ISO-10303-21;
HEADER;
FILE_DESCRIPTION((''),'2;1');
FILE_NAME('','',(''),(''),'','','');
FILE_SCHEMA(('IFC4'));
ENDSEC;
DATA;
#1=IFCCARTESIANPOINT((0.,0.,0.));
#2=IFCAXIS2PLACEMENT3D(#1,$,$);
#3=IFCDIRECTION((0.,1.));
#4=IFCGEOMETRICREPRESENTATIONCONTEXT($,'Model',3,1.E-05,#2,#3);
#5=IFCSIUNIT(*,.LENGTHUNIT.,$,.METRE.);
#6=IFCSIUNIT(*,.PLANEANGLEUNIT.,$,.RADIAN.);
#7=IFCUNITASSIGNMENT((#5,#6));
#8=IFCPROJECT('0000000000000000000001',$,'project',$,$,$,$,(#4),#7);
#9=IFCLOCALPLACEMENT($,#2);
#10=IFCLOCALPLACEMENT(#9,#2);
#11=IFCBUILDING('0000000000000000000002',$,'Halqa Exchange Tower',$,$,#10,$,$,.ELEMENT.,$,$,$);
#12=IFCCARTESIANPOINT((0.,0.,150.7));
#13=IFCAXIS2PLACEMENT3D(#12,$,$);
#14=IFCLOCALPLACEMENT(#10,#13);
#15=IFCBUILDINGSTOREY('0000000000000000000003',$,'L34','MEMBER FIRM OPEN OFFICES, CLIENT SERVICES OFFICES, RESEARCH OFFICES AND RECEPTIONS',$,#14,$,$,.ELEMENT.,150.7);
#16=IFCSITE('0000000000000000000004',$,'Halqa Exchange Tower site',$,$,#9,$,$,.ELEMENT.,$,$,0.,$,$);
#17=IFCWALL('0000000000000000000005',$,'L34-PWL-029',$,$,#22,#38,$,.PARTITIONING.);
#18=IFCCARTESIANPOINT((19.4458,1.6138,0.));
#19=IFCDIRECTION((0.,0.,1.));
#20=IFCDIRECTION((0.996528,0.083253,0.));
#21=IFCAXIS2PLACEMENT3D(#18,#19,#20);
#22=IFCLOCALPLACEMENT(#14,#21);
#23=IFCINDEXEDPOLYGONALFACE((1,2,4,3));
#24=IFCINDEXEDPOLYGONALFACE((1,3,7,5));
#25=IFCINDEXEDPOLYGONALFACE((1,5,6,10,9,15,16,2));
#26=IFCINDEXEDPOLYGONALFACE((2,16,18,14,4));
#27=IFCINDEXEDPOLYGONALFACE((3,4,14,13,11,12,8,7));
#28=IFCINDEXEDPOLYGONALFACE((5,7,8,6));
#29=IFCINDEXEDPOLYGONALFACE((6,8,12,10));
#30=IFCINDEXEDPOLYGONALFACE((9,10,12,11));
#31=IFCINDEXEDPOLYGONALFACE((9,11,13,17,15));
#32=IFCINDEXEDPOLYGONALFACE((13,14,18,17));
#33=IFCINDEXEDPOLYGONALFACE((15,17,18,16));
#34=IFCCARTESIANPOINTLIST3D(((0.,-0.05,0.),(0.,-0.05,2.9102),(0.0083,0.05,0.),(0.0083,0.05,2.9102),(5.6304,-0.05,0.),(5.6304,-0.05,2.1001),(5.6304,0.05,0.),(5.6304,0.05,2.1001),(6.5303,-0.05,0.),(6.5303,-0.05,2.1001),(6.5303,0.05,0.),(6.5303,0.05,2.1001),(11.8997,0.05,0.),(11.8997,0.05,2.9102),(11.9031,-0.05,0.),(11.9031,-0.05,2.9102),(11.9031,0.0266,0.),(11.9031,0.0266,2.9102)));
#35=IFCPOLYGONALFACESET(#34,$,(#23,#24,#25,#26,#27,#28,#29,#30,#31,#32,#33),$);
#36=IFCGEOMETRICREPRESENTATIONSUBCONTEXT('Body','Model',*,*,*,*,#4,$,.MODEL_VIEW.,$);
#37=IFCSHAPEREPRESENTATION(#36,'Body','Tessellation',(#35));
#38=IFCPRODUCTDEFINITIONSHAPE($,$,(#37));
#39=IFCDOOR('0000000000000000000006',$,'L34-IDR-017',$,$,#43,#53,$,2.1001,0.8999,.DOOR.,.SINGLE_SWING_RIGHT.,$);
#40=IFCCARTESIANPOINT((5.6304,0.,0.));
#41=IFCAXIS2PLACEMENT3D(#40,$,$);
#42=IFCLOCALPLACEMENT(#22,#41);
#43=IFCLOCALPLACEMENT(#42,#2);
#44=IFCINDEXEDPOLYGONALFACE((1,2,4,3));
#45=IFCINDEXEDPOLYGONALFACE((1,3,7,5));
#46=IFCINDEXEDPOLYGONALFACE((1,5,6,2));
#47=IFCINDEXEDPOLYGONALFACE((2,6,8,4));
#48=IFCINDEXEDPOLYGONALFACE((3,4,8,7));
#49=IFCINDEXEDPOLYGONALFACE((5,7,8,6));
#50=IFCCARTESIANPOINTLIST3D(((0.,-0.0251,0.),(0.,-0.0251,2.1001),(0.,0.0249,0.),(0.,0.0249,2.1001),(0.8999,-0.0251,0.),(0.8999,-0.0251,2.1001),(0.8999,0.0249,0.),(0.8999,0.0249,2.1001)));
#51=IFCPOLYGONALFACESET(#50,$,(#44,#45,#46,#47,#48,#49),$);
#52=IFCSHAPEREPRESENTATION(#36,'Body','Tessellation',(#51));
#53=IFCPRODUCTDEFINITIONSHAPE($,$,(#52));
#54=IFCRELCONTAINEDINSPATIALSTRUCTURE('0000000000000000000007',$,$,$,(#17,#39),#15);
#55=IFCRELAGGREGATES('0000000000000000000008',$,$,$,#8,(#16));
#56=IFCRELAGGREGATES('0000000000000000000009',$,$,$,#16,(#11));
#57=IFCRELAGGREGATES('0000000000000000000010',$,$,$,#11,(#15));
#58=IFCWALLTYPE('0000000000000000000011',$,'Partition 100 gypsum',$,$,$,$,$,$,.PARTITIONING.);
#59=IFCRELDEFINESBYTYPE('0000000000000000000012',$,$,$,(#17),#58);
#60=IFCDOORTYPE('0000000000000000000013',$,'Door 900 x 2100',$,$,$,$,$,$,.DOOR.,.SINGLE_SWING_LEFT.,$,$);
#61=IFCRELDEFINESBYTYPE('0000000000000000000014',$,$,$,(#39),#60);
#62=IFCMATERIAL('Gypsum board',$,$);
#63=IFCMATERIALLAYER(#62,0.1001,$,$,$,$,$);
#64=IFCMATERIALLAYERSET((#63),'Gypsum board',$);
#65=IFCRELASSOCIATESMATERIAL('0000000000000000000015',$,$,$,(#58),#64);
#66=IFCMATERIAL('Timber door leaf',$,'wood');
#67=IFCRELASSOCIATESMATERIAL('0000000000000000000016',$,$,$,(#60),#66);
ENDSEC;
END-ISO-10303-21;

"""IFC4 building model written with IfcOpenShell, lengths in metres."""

from ifc_helpers import new_model, si_unit, direction, frame, frame_2d, origin, place, context, subcontext, project, spatial, polyline, rectangle, outline, extrude, material, layer, layer_set, type_object, element, fill, save


model = new_model("IFC4")

# Units and contexts
model_context = context("Model", 3, precision=1e-05, world=origin(), true_north=direction((0.0, 1.0)))
body_context = subcontext(model_context, "Body", "Model", "MODEL_VIEW")
ifc_project = project(units=[si_unit("LENGTHUNIT", "METRE"), si_unit("PLANEANGLEUNIT", "RADIAN")], contexts=[model_context])

# Site, building, storey
site_placement = place(None, origin())
site = spatial("IfcSite", under=ifc_project, at=site_placement, Name="Halqa Exchange Tower site", CompositionType="ELEMENT", RefElevation=0.0)
building_placement = place(site_placement, origin())
building = spatial("IfcBuilding", under=site, at=building_placement, Name="Halqa Exchange Tower", CompositionType="ELEMENT")
storey_placement = place(building_placement, frame((0.0, 0.0, 150.7)))
storey = spatial("IfcBuildingStorey", under=building, at=storey_placement, Name="L34", Description="MEMBER FIRM OPEN OFFICES, CLIENT SERVICES OFFICES, RESEARCH OFFICES AND RECEPTIONS", CompositionType="ELEMENT", Elevation=150.7)

# Shared definitions
ifc_material_1 = material(Name="Gypsum board")
ifc_layer_1 = layer(ifc_material_1, 0.1001)
ifc_layer_set_1 = layer_set([ifc_layer_1], Name="Gypsum board")
wall_type_1 = type_object("IfcWallType", Name="Partition 100 gypsum", PredefinedType="PARTITIONING", material=ifc_layer_set_1)

# Wall, opening, door
wall_1_placement = place(storey_placement, frame((19.4458, 1.6138, 0.0), z_axis=(0.0, 0.0, 1.0), x_axis=(0.996528, 0.083253, 0.0)))
wall_1 = element("IfcWall", 1, at=wall_1_placement, inside=storey, type_object=wall_type_1, Name="L34-PWL-029", PredefinedType="PARTITIONING", context=body_context, shape_type="SweptSolid", body=[
    extrude(outline(polyline([(0.0, -0.05), (1.9839, -0.05), (3.9678, -0.05), (5.9517, -0.05), (7.9353, -0.05), (9.9192, -0.05), (11.9031, -0.05), (11.9031, -0.0498), (11.9031, 0.0266), (11.8997, 0.05), (9.9177, 0.05), (7.9358, 0.05), (5.9541, 0.05), (3.9722, 0.05), (1.9902, 0.05), (0.0083, 0.05), (0.0, -0.05)])), origin(), (0.0, 0.0, 1.0), 2.9102),
])
opening_1_placement = place(wall_1_placement, frame((5.6304, 0.0, 0.0)))
opening_1 = element("IfcOpeningElement", 2, at=opening_1_placement, cuts=wall_1, PredefinedType="OPENING", context=body_context, shape_type="SweptSolid", body=[
    extrude(rectangle(XDim=0.8999, YDim=2.1001, at=frame_2d((0.45, 1.05))), frame((0.0, 0.062, 0.0), z_axis=(0.0, -1.0, 0.0), x_axis=(1.0, 0.0, 0.0)), (0.0, 0.0, 1.0), 0.124),
])
ifc_material_2 = material(Name="Timber door leaf", Category="wood")
door_type = type_object("IfcDoorType", Name="Door 900 x 2100", OperationType="SINGLE_SWING_LEFT", PredefinedType="DOOR", material=ifc_material_2)
door_placement = place(opening_1_placement, origin())
door = element("IfcDoor", 3, at=door_placement, inside=storey, type_object=door_type, Name="L34-IDR-017", OperationType="SINGLE_SWING_RIGHT", OverallHeight=2.1001, OverallWidth=0.8999, PredefinedType="DOOR", context=body_context, shape_type="SweptSolid", body=[
    extrude(rectangle(XDim=0.8999, YDim=2.1001, at=frame_2d((0.45, 1.05))), frame((0.0, 0.0249, 0.0), z_axis=(0.0, -1.0, 0.0), x_axis=(1.0, 0.0, 0.0)), (0.0, 0.0, 1.0), 0.05),
])
fill(opening_1, door)

save(model, "model.ifc")
